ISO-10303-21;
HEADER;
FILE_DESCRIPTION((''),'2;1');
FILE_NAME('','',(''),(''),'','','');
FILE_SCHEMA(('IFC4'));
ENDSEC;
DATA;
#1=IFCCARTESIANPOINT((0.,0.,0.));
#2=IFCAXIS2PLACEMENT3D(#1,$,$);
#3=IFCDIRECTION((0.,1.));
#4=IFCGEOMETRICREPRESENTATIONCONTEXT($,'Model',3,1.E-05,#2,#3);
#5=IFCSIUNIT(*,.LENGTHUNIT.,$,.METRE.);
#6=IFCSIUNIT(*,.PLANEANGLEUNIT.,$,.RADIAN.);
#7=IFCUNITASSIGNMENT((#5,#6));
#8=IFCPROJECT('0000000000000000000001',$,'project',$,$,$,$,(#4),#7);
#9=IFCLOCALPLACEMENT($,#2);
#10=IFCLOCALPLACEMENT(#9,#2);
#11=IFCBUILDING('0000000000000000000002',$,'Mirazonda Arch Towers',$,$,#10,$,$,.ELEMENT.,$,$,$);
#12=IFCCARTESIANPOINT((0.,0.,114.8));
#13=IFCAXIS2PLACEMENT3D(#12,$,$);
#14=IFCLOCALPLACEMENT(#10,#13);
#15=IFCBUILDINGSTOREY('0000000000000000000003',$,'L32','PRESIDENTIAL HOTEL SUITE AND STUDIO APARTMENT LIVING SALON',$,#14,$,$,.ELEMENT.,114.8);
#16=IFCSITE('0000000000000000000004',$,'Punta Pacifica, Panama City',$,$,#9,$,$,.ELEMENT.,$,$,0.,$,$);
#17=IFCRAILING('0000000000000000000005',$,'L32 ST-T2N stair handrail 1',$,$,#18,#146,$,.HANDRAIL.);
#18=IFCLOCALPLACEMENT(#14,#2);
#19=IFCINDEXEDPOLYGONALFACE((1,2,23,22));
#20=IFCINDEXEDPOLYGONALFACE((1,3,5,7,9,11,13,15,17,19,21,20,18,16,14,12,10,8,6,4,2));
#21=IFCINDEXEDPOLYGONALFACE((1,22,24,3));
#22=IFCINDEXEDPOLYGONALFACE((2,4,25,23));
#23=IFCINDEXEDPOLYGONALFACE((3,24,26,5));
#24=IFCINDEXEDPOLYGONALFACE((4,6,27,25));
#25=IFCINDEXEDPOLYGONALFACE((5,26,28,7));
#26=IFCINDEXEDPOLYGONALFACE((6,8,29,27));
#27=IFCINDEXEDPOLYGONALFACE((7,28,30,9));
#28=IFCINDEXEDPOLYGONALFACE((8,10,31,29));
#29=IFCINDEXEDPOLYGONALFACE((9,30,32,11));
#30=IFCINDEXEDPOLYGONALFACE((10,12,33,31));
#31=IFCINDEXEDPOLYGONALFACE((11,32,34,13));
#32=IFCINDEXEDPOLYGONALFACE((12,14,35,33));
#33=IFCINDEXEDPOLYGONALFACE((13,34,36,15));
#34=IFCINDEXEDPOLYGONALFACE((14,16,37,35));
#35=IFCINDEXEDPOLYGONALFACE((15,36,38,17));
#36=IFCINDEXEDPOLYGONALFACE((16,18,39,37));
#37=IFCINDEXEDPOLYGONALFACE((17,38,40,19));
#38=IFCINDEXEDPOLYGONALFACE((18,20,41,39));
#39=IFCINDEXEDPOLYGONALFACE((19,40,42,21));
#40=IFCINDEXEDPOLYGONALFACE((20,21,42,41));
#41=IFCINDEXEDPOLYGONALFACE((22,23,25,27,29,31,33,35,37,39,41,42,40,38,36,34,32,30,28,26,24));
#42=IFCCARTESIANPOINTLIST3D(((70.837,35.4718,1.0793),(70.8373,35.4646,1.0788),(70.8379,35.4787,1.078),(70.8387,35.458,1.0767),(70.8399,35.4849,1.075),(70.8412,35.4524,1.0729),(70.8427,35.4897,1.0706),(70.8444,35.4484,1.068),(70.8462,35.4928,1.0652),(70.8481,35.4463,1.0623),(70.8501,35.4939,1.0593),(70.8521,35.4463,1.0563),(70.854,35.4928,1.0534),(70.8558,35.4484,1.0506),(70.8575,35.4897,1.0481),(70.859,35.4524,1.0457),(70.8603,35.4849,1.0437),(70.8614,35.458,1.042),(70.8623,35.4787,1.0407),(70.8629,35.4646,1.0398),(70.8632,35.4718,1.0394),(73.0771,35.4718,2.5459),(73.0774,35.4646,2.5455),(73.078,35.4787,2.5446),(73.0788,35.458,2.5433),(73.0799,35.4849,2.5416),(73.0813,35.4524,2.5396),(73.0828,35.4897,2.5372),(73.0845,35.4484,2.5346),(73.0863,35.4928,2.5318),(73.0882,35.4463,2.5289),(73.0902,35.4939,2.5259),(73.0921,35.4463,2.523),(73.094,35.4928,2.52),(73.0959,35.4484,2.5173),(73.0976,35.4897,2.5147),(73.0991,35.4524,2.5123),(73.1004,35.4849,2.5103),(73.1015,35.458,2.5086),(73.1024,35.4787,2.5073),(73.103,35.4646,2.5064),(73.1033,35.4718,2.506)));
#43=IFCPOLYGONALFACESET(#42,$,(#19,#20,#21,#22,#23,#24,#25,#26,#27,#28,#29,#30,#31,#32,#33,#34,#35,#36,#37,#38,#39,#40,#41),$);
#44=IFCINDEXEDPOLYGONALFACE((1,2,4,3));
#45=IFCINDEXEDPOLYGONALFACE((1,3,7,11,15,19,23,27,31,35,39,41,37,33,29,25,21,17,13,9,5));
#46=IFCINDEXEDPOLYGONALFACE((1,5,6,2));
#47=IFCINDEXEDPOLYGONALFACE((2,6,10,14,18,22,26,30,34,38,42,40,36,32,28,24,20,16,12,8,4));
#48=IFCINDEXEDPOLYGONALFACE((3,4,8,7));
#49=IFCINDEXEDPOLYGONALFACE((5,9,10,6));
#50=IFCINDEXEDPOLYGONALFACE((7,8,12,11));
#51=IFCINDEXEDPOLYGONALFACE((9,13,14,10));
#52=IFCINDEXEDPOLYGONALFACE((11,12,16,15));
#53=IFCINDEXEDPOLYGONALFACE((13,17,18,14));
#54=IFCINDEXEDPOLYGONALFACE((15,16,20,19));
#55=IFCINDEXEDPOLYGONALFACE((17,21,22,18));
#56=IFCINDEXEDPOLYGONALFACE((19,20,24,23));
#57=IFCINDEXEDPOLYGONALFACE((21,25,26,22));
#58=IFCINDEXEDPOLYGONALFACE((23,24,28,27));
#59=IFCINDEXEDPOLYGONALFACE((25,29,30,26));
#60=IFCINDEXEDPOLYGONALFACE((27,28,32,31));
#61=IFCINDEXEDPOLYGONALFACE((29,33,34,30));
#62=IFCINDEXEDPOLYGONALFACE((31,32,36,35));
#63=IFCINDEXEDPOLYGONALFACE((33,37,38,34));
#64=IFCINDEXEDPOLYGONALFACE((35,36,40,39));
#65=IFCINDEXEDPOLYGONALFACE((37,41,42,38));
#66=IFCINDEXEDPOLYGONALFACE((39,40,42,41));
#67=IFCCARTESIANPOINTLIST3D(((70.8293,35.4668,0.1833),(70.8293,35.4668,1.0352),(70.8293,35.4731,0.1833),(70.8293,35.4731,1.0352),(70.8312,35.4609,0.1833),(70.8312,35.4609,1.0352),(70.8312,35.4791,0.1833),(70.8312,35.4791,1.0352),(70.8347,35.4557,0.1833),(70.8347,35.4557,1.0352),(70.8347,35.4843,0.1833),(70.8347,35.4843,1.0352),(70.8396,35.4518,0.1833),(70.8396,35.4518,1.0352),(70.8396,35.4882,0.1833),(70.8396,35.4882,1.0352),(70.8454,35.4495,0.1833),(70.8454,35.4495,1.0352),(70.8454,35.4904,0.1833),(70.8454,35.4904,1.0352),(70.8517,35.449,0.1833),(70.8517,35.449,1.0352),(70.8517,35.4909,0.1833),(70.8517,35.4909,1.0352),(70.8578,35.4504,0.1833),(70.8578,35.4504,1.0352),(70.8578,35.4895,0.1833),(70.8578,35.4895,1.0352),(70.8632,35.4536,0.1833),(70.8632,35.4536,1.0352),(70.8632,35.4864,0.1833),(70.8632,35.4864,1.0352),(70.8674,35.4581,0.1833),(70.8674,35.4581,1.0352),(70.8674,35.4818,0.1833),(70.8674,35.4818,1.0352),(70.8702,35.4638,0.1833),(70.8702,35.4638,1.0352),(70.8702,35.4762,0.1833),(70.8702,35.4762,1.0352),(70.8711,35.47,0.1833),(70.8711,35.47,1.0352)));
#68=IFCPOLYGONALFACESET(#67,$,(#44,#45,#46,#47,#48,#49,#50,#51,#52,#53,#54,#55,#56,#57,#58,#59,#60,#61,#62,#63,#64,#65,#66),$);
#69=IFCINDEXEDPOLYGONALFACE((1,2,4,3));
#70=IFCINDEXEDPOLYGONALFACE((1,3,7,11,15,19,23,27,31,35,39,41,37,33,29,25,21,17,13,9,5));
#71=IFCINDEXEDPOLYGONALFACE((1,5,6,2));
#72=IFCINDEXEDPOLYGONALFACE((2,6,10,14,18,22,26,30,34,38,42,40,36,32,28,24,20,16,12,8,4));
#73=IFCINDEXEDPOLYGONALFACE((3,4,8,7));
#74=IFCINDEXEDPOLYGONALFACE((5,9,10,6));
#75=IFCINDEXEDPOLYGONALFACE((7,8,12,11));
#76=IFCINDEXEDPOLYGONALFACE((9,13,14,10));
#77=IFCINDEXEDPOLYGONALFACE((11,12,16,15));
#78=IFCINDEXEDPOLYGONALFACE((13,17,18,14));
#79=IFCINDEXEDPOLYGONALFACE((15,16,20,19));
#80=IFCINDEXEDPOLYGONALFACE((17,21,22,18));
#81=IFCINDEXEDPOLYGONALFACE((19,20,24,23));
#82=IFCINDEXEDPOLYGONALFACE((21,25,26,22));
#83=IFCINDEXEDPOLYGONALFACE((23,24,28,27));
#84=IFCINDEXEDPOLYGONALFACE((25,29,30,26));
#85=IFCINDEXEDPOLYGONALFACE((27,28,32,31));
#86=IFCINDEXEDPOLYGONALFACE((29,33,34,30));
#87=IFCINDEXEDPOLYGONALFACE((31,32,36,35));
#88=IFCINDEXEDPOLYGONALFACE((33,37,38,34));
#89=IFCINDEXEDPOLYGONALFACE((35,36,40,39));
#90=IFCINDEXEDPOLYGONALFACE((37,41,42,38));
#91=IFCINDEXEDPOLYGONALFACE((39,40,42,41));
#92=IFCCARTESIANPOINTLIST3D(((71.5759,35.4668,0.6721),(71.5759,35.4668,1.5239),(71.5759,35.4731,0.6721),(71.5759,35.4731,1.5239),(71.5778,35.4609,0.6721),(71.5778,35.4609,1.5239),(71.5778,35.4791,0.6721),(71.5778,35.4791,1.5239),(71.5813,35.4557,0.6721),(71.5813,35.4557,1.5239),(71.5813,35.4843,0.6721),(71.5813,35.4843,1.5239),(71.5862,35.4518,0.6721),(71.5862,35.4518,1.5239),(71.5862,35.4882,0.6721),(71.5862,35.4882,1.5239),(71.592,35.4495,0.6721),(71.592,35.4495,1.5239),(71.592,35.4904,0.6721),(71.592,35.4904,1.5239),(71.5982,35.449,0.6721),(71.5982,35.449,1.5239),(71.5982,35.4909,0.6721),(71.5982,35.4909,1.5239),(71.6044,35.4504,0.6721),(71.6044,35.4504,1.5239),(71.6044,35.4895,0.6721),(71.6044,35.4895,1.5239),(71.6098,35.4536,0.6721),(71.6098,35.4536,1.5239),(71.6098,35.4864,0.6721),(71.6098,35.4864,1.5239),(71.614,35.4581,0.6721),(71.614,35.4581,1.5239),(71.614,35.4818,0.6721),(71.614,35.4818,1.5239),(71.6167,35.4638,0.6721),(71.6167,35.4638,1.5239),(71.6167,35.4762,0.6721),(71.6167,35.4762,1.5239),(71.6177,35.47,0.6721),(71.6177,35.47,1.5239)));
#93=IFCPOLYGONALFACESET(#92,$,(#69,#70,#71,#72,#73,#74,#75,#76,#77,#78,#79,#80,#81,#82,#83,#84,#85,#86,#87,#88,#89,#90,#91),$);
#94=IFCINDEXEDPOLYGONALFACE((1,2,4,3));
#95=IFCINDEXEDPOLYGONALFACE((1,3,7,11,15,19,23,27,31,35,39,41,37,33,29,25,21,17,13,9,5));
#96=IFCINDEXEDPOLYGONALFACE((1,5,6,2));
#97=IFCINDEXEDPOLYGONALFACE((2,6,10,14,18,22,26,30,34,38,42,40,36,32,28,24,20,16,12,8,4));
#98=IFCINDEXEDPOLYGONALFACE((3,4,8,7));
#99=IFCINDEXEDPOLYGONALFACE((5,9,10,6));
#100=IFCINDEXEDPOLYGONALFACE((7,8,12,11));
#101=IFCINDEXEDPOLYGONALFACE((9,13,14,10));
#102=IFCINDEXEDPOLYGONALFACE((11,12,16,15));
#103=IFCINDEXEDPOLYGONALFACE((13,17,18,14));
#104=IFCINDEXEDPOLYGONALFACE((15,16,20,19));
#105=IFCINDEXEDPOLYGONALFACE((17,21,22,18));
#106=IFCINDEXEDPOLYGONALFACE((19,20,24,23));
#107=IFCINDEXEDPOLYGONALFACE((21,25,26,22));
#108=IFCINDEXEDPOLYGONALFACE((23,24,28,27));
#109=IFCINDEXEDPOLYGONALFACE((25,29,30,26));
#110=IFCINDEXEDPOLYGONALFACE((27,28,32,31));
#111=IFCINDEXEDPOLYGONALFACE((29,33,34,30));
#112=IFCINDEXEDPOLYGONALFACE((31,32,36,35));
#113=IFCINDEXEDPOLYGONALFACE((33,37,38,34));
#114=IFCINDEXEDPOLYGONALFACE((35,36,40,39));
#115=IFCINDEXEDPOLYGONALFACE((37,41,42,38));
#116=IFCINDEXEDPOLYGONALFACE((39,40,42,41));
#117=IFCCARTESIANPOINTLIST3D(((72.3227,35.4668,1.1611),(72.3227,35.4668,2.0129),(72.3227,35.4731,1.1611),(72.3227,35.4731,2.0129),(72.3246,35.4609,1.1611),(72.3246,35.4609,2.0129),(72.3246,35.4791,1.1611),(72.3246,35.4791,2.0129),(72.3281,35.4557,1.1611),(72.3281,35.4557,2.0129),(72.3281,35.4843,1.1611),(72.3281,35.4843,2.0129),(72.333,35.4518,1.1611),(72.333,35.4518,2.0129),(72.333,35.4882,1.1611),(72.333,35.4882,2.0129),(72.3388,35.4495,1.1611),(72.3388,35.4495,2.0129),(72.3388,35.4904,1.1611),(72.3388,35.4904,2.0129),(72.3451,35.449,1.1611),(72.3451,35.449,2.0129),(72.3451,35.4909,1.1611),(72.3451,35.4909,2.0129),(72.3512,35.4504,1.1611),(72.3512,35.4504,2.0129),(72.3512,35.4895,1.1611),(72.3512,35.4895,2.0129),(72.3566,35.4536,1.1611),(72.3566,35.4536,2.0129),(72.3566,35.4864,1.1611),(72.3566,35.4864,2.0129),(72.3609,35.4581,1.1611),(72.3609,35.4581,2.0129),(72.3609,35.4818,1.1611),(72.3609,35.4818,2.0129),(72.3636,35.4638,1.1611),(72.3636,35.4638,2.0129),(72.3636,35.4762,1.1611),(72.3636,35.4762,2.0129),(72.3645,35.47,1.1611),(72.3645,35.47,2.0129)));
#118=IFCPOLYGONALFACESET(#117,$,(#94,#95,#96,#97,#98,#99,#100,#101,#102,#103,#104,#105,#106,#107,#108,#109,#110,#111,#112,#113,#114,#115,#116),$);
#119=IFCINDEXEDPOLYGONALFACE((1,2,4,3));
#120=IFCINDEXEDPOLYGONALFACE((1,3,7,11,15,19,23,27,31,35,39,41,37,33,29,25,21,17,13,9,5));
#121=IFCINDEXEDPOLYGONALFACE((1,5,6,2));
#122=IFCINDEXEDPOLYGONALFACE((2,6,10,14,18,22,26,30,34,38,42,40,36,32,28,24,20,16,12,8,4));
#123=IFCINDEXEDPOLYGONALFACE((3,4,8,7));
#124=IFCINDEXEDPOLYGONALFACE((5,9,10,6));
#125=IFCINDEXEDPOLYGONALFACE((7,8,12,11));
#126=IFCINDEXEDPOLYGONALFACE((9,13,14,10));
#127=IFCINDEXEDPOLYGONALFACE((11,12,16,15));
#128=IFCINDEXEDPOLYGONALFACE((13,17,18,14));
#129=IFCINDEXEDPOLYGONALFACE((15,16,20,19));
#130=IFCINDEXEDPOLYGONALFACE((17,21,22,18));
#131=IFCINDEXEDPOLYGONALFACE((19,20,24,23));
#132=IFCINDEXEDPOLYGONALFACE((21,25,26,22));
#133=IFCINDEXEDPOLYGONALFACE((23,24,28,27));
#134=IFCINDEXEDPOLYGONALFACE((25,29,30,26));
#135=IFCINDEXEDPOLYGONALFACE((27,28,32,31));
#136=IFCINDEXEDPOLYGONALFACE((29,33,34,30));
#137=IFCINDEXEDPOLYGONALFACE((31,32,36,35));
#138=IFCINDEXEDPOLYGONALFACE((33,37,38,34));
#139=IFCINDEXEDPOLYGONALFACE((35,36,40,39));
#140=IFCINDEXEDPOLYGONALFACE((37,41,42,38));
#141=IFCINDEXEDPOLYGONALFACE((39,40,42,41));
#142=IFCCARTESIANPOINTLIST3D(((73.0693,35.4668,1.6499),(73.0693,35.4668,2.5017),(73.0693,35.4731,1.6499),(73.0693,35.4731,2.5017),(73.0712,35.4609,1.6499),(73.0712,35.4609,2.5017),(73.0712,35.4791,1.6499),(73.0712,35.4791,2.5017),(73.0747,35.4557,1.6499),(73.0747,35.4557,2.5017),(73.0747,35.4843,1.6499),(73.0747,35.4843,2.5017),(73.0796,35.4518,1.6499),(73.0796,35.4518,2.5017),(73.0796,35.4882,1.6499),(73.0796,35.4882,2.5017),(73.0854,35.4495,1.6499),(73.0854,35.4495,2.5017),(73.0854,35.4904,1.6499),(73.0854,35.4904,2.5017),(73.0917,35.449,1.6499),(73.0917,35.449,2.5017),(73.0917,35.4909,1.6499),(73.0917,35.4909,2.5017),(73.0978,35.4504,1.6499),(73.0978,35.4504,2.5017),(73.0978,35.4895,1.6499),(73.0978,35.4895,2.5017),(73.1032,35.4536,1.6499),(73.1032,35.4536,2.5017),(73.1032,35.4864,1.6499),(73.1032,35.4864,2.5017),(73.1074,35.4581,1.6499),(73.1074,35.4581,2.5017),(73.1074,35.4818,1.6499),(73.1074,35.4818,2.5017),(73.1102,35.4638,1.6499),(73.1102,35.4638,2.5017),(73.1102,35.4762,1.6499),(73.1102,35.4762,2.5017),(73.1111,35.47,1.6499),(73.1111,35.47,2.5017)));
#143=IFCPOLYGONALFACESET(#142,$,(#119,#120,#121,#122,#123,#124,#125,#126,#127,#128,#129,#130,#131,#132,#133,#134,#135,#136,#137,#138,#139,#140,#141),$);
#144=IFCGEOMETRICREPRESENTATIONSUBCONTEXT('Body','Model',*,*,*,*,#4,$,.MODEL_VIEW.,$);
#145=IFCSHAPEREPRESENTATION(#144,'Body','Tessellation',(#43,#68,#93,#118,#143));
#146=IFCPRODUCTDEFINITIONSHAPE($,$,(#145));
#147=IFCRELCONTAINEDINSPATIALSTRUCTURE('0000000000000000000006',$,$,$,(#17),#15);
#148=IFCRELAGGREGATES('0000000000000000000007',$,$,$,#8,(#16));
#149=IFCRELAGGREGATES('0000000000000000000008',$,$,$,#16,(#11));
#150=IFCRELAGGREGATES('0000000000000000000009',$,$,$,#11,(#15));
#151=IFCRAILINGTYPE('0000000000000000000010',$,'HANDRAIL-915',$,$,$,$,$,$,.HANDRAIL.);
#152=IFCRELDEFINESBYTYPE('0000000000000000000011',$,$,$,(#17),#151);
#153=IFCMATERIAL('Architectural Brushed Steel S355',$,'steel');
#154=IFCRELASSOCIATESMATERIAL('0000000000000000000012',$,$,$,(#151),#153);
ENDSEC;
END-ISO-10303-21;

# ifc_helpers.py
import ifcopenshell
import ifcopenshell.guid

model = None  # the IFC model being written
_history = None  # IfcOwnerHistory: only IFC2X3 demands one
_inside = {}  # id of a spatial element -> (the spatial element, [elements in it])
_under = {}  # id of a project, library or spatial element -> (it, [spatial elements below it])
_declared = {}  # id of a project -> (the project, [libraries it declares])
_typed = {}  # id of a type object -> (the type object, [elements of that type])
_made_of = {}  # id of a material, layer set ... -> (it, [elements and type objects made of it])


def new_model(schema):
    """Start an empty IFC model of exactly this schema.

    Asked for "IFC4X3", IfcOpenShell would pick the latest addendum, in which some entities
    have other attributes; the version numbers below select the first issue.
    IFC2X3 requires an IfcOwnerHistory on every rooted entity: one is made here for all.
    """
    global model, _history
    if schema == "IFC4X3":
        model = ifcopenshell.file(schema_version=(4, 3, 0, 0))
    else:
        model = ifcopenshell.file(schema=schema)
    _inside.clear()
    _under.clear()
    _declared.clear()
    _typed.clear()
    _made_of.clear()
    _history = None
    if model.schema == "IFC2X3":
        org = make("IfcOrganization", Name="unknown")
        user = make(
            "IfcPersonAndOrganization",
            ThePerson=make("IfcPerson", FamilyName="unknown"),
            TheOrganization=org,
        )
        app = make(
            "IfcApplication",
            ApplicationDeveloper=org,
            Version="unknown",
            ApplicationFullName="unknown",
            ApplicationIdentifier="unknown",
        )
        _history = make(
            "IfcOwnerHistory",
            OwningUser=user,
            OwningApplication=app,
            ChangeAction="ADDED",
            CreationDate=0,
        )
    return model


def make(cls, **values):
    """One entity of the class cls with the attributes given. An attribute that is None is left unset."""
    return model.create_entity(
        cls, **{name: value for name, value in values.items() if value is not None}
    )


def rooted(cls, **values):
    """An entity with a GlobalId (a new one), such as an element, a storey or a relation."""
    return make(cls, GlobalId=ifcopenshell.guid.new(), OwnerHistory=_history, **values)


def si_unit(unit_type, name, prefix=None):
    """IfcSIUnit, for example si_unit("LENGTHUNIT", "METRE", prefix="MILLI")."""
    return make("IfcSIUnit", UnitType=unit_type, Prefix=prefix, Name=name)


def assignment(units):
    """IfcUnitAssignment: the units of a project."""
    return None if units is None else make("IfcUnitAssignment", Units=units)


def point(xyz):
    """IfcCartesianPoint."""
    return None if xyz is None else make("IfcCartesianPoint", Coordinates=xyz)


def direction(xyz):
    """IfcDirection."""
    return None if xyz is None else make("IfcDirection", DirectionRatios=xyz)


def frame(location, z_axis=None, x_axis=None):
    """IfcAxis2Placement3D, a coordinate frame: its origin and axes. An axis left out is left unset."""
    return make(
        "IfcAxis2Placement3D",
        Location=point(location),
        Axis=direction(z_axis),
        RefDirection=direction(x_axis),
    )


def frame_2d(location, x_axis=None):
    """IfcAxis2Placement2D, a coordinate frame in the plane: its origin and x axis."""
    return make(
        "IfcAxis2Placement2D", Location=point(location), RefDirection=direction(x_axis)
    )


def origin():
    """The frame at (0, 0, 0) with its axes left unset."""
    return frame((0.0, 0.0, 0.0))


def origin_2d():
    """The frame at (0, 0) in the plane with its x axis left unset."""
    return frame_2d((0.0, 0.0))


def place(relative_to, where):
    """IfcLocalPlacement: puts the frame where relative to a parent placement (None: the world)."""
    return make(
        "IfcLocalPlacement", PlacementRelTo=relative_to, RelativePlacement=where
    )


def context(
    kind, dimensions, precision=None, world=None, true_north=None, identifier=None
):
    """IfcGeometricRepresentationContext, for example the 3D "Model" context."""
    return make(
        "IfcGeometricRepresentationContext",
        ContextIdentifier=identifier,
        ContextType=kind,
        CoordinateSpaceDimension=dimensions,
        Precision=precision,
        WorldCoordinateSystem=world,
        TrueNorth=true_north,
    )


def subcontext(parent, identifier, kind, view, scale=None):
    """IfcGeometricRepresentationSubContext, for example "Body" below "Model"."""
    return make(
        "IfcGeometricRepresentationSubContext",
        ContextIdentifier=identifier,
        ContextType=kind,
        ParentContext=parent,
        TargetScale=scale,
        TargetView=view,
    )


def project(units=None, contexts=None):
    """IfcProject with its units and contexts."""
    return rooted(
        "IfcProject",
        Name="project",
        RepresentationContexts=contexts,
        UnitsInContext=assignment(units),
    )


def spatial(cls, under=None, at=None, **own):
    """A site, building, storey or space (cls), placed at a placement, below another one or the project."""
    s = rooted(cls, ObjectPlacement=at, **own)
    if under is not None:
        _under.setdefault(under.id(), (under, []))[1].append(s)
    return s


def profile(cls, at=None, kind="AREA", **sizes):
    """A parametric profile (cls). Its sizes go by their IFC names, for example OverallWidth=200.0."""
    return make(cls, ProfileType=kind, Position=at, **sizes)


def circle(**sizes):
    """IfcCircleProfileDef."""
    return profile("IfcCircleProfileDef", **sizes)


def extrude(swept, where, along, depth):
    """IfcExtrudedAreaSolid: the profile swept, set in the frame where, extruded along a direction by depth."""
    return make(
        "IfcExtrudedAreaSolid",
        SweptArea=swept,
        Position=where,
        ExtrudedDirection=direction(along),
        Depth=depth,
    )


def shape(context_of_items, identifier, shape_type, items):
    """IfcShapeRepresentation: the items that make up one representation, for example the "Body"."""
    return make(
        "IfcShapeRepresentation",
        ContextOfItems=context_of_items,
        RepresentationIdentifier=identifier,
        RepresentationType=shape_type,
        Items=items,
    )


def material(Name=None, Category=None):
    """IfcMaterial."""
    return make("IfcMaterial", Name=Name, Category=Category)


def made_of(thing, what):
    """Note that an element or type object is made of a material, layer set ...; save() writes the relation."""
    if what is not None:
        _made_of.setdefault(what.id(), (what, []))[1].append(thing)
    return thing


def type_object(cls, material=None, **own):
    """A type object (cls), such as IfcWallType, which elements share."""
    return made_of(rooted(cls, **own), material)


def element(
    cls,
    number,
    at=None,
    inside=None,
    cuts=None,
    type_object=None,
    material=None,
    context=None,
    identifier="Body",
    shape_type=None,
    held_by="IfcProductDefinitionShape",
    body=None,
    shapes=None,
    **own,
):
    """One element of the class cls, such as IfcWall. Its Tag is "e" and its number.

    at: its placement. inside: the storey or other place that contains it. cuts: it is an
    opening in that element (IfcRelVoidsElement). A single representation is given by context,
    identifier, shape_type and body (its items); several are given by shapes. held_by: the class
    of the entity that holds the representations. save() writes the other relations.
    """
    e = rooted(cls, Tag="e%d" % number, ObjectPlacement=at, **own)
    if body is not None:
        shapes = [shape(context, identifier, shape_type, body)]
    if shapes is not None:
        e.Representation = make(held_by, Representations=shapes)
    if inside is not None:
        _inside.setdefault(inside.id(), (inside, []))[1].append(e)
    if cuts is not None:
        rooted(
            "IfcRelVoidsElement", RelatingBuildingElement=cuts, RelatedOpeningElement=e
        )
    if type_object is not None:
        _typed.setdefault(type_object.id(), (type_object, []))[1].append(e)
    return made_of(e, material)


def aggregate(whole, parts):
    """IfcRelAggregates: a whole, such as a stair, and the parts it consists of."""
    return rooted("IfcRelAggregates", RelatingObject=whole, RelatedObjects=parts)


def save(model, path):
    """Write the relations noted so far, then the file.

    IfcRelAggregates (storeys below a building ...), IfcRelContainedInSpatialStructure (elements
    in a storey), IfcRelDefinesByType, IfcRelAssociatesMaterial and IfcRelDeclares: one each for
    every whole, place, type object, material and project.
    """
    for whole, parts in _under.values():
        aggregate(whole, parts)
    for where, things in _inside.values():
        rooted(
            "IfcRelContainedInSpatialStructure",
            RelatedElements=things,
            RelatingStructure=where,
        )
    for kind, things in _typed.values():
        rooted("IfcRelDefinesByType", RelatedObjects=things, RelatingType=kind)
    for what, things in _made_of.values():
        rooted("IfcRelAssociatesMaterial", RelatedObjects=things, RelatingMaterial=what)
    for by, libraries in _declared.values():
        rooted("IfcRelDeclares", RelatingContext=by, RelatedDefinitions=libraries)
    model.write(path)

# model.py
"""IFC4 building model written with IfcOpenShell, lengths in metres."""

from ifc_helpers import new_model, si_unit, direction, frame, origin, origin_2d, place, context, subcontext, project, spatial, circle, extrude, material, type_object, element, save


model = new_model("IFC4")

# Units and contexts
model_context = context("Model", 3, precision=1e-05, world=origin(), true_north=direction((0.0, 1.0)))
body_context = subcontext(model_context, "Body", "Model", "MODEL_VIEW")
ifc_project = project(units=[si_unit("LENGTHUNIT", "METRE"), si_unit("PLANEANGLEUNIT", "RADIAN")], contexts=[model_context])

# Site, building, storey
site_placement = place(None, origin())
site = spatial("IfcSite", under=ifc_project, at=site_placement, Name="Punta Pacifica, Panama City", CompositionType="ELEMENT", RefElevation=0.0)
building_placement = place(site_placement, origin())
building = spatial("IfcBuilding", under=site, at=building_placement, Name="Mirazonda Arch Towers", CompositionType="ELEMENT")
storey_placement = place(building_placement, frame((0.0, 0.0, 114.8)))
storey = spatial("IfcBuildingStorey", under=building, at=storey_placement, Name="L32", Description="PRESIDENTIAL HOTEL SUITE AND STUDIO APARTMENT LIVING SALON", CompositionType="ELEMENT", Elevation=114.8)

# Shared definitions
ifc_material_1 = material(Name="Architectural Brushed Steel S355", Category="steel")

# Railing
railing_type = type_object("IfcRailingType", Name="HANDRAIL-915", PredefinedType="HANDRAIL", material=ifc_material_1)
railing_placement = place(storey_placement, frame((70.8501, 35.47, 0.1833)))
element("IfcRailing", 1, at=railing_placement, inside=storey, type_object=railing_type, Name="L32 ST-T2N stair handrail 1", PredefinedType="HANDRAIL", context=body_context, shape_type="SweptSolid", body=[
    extrude(circle(Radius=0.0239, at=origin_2d()), frame((0.0, 0.0, 0.876), z_axis=(0.836637, 0.0, 0.547758), x_axis=(0.0, 1.0, 0.0)), (0.0, 0.0, 1.0), 2.6775),
    extrude(circle(Radius=0.021, at=origin_2d()), origin(), (0.0, 0.0, 1.0), 0.8518),
    extrude(circle(Radius=0.021, at=origin_2d()), frame((0.7466, 0.0, 0.4888)), (0.0, 0.0, 1.0), 0.8518),
    extrude(circle(Radius=0.021, at=origin_2d()), frame((1.4934, 0.0, 0.9778)), (0.0, 0.0, 1.0), 0.8518),
    extrude(circle(Radius=0.021, at=origin_2d()), frame((2.24, 0.0, 1.4666)), (0.0, 0.0, 1.0), 0.8518),
])

save(model, "model.ifc")
